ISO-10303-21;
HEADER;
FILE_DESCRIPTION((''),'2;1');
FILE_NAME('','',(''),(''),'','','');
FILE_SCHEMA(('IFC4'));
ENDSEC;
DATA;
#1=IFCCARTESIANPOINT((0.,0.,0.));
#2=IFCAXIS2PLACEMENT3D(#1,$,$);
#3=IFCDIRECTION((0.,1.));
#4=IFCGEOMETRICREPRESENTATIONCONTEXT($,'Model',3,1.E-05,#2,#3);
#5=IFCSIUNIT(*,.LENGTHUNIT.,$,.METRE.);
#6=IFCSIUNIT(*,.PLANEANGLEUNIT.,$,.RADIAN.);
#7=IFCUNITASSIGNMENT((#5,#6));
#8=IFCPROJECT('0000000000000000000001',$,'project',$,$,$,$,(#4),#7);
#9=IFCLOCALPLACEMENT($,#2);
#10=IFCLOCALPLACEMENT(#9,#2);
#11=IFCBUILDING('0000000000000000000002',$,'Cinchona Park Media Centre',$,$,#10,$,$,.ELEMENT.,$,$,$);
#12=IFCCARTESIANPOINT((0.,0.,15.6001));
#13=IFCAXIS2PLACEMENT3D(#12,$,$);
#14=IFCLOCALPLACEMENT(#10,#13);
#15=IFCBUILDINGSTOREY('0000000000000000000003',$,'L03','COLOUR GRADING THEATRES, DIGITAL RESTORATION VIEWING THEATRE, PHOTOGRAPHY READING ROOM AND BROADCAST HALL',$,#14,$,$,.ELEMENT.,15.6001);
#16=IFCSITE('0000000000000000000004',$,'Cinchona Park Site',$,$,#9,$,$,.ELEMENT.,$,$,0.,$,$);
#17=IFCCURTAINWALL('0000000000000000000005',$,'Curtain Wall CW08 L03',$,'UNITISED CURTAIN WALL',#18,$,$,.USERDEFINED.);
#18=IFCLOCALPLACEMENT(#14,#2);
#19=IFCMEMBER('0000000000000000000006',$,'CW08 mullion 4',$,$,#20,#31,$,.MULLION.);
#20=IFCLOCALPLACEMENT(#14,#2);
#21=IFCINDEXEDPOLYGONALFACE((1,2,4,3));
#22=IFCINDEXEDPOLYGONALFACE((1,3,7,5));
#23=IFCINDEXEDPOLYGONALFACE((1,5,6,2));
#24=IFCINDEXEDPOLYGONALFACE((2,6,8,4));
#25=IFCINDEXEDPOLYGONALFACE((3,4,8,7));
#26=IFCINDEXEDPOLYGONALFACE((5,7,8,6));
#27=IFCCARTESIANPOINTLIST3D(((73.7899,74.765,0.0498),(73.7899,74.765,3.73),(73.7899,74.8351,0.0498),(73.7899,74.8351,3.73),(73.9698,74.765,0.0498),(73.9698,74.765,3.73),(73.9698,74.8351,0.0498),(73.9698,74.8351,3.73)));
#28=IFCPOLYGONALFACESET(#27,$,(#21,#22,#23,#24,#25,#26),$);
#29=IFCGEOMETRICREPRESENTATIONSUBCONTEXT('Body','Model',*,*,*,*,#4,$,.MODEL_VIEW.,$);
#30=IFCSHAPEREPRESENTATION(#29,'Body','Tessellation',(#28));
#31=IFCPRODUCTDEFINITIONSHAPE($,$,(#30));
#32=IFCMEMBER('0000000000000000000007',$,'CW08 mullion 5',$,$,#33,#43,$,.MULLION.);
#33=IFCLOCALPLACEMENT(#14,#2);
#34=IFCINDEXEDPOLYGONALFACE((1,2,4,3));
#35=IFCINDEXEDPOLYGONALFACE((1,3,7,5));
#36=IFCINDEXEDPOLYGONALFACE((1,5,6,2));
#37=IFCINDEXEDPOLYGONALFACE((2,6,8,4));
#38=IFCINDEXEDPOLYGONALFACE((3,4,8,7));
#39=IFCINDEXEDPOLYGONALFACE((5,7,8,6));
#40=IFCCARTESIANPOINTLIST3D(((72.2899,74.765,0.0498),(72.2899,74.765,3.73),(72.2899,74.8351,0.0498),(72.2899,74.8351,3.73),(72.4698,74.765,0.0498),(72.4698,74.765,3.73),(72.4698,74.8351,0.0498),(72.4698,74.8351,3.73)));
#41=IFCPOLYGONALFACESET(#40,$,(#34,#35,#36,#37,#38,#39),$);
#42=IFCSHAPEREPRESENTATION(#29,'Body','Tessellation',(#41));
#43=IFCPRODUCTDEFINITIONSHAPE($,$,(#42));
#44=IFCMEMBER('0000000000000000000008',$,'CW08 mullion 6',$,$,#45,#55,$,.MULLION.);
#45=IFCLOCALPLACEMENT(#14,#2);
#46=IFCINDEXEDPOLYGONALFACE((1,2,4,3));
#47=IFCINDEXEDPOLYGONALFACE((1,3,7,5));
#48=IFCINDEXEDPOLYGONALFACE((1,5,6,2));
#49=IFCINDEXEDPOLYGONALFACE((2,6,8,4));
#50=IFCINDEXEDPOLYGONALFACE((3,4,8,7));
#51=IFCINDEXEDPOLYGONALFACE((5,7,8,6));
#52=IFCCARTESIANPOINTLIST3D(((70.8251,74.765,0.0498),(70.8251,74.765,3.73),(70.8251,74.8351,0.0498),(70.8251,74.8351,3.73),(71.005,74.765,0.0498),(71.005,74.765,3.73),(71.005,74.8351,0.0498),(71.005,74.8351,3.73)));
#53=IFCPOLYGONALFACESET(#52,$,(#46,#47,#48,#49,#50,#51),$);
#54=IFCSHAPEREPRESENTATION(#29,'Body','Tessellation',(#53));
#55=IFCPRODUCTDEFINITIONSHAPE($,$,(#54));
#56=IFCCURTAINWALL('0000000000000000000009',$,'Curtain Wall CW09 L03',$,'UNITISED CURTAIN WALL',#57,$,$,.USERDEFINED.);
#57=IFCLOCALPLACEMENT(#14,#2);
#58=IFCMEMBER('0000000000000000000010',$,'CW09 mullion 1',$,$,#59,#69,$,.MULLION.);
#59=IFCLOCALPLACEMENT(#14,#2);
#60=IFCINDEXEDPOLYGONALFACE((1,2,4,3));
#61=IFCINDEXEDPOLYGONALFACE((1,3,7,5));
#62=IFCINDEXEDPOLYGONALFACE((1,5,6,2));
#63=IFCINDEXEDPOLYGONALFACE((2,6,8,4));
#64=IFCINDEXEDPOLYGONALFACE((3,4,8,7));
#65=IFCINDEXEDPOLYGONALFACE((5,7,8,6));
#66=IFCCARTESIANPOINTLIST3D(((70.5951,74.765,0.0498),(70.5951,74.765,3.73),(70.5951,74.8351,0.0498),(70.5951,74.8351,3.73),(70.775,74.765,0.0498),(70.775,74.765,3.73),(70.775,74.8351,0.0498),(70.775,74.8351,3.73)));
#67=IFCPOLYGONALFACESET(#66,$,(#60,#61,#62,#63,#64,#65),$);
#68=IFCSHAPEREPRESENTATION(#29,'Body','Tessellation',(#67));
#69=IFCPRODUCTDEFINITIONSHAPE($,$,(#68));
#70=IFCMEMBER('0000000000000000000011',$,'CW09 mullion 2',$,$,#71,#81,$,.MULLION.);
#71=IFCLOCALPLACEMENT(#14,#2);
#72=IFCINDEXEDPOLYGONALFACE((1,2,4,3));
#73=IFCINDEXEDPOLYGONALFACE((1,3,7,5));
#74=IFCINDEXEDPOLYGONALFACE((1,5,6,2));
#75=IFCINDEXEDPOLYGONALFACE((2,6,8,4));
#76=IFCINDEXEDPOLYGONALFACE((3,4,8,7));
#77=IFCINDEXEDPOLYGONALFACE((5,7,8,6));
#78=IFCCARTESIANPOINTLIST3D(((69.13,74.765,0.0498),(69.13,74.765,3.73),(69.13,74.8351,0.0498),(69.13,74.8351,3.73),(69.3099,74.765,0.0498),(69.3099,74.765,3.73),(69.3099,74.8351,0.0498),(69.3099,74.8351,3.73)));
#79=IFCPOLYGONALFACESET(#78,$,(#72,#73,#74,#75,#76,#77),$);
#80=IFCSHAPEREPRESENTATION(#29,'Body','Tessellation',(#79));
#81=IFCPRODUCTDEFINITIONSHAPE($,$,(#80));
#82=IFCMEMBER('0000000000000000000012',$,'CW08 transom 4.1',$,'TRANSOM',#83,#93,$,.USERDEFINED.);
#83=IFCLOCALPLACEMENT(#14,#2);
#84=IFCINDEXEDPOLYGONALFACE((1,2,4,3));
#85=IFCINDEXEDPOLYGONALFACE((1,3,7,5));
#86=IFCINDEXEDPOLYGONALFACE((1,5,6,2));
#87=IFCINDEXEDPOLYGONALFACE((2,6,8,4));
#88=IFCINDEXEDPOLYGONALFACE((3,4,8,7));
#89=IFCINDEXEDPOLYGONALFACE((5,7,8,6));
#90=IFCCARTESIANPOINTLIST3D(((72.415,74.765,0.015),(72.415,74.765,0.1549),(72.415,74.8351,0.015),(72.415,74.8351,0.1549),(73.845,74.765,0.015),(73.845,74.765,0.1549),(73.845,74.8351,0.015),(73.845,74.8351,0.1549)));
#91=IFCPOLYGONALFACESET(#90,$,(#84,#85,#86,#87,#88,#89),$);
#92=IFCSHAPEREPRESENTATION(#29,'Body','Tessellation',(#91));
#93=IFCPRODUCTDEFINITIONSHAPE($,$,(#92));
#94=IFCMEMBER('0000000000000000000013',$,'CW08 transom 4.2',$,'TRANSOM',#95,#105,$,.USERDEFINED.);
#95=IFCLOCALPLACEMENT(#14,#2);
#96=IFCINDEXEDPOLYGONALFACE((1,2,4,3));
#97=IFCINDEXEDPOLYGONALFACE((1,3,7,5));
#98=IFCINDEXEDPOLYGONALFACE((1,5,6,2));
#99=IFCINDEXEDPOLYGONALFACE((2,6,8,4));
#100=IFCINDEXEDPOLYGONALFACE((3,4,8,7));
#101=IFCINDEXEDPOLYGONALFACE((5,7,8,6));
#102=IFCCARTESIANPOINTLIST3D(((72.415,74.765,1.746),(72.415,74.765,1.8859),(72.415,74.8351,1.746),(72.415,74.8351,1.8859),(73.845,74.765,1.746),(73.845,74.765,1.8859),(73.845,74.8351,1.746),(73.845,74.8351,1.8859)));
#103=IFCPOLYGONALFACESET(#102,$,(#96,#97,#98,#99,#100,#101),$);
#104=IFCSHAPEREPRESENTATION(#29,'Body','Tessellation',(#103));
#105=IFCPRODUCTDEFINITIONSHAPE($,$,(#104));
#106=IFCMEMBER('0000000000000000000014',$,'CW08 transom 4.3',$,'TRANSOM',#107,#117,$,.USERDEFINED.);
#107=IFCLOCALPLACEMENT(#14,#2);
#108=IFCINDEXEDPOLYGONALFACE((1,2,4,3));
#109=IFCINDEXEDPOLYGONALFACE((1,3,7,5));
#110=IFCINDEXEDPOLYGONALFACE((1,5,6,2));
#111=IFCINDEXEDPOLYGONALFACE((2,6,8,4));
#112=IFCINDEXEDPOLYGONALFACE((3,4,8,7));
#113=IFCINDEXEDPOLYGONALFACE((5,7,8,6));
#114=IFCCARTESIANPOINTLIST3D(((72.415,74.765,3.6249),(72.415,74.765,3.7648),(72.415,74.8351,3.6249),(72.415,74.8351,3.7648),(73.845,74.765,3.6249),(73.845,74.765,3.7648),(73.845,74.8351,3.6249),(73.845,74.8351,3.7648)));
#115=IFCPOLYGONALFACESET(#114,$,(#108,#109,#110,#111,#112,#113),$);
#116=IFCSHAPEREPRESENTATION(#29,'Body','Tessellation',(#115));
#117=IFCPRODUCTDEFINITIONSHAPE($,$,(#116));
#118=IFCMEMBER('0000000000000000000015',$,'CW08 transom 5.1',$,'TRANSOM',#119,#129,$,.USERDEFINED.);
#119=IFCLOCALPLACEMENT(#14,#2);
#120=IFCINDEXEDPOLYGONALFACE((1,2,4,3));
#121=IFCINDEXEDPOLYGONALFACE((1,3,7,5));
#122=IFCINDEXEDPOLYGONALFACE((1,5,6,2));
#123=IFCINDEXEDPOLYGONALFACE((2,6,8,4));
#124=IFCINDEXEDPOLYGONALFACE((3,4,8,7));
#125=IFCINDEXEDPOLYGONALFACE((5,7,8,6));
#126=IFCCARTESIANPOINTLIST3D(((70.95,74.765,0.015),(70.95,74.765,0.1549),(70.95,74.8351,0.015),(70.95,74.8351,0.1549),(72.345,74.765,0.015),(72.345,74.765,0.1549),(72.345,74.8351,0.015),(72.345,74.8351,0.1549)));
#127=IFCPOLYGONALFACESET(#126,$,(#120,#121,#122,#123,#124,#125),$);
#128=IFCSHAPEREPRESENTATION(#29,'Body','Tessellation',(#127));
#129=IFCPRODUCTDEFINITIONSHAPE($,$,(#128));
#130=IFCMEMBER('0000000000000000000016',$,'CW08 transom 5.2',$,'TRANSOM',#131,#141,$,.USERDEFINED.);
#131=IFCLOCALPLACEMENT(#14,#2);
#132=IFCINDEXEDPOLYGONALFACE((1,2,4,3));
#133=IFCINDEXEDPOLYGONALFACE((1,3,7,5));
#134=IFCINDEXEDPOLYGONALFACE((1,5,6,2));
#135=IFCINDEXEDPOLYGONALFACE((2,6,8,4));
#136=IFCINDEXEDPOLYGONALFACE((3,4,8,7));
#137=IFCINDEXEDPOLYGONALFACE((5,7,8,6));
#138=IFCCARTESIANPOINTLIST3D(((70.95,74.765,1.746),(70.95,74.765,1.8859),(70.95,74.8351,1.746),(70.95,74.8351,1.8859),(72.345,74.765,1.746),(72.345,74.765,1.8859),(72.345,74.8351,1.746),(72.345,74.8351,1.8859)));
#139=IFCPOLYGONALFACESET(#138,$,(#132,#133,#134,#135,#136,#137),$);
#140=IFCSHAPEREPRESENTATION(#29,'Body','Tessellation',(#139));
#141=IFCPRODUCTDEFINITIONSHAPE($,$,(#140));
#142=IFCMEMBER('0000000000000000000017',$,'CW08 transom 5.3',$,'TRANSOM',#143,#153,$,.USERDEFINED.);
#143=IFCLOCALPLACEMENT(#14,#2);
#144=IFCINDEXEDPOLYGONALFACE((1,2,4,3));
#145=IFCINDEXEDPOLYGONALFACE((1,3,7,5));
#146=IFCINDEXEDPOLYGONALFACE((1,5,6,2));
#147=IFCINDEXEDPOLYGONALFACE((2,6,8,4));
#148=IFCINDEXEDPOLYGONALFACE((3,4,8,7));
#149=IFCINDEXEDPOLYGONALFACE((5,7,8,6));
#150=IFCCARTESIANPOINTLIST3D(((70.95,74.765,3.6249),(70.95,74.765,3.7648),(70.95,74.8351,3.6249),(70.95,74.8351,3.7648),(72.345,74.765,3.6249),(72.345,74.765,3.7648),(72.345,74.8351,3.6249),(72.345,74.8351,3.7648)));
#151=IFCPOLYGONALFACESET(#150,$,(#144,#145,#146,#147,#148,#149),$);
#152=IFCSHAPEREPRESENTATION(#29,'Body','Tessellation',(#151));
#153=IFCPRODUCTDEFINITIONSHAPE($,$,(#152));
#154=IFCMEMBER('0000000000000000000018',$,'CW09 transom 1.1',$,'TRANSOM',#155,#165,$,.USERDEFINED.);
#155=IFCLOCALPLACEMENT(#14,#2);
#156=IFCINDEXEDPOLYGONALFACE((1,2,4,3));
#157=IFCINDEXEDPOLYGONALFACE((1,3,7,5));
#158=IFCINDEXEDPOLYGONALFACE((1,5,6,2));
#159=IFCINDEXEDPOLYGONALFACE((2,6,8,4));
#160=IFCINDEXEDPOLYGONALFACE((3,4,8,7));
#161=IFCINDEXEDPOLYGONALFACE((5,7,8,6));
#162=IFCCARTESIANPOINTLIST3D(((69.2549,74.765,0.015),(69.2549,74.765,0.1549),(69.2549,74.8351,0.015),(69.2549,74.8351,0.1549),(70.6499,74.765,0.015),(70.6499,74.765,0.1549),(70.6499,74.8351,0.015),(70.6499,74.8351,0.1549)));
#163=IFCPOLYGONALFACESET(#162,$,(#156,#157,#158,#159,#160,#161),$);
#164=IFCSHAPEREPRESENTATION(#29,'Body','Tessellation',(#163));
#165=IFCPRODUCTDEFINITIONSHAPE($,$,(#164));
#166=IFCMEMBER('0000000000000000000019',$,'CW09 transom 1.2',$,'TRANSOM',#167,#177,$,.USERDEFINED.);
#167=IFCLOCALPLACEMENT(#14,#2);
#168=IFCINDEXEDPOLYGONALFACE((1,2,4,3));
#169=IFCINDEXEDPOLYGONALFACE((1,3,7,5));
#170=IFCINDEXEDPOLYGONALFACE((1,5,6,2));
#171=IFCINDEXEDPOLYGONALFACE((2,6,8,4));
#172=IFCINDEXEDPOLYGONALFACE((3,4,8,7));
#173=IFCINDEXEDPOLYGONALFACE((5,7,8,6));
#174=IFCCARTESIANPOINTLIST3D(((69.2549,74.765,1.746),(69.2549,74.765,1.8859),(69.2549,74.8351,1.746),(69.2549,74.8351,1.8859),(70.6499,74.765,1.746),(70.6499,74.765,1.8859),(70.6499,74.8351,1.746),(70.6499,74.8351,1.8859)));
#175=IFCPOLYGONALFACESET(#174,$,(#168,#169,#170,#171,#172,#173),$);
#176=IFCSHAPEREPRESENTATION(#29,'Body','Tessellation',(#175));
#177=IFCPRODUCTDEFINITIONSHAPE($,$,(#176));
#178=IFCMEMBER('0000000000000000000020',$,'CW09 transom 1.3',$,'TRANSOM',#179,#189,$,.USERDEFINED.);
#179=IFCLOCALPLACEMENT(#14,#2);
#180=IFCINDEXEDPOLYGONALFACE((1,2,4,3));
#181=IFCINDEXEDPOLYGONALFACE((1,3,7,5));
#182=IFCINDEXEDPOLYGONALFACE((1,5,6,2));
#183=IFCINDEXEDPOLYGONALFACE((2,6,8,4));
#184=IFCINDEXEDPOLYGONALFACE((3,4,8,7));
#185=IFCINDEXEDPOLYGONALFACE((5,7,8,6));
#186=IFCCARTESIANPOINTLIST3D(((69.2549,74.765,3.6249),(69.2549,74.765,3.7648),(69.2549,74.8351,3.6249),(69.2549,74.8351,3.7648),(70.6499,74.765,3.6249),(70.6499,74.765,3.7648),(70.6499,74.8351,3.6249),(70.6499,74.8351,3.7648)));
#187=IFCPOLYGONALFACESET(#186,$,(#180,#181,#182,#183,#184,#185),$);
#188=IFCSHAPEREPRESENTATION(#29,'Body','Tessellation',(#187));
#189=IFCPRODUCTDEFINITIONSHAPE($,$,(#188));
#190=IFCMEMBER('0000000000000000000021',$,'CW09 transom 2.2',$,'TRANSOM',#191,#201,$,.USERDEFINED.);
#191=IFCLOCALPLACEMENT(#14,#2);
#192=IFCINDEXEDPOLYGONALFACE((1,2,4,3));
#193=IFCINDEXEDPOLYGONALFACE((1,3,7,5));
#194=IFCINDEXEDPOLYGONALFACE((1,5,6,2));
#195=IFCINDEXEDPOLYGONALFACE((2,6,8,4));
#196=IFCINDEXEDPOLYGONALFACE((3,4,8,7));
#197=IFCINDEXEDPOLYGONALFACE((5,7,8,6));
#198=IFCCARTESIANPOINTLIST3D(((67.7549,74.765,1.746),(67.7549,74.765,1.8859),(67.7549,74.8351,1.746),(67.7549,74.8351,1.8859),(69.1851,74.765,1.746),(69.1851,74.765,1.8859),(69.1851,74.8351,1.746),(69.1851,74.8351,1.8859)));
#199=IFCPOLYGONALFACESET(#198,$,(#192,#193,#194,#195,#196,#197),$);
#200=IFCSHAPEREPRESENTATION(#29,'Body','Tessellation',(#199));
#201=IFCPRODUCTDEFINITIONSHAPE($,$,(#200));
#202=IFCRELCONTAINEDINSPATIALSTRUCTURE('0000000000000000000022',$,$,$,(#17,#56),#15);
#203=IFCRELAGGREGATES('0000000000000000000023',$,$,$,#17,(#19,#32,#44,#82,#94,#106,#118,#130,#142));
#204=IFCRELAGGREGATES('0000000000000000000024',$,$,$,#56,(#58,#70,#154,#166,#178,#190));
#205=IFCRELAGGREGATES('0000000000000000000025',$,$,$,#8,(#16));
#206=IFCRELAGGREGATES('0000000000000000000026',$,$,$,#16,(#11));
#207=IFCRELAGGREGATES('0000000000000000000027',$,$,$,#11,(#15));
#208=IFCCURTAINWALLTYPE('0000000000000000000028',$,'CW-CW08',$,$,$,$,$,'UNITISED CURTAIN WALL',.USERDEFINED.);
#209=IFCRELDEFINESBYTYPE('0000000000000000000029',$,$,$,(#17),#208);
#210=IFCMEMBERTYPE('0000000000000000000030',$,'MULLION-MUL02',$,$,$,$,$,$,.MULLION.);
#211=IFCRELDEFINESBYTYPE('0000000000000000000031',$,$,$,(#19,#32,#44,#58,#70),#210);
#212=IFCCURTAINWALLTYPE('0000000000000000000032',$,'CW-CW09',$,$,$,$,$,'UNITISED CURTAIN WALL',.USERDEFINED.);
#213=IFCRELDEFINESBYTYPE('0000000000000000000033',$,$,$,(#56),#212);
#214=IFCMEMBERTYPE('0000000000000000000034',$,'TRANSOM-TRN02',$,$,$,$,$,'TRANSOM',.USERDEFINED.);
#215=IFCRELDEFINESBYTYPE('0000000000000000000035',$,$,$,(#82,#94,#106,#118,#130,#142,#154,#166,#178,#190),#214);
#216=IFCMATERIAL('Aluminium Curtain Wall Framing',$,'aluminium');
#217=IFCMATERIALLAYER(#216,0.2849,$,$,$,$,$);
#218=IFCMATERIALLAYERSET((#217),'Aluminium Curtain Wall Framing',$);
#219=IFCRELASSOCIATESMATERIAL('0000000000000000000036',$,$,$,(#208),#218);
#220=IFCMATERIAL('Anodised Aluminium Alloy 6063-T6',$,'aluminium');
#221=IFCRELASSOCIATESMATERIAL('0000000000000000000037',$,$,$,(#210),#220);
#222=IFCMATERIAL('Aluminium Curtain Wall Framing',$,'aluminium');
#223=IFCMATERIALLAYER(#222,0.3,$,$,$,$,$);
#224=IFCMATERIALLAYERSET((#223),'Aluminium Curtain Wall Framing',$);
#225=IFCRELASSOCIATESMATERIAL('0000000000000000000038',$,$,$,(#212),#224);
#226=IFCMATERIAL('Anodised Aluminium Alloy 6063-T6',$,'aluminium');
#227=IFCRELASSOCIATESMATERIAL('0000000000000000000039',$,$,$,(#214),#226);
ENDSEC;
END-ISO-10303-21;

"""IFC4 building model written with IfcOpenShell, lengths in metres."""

from ifc_helpers import new_model, si_unit, direction, frame, origin, origin_2d, place, context, subcontext, project, spatial, rectangle, extrude, material, layer, layer_set, material_profile, profile_set, type_object, element, aggregate, save


model = new_model("IFC4")

# Units and contexts
model_context = context("Model", 3, precision=1e-05, world=origin(), true_north=direction((0.0, 1.0)))
body_context = subcontext(model_context, "Body", "Model", "MODEL_VIEW")
ifc_project = project(units=[si_unit("LENGTHUNIT", "METRE"), si_unit("PLANEANGLEUNIT", "RADIAN")], contexts=[model_context])

# Site, building, storey
site_placement = place(None, origin())
site = spatial("IfcSite", under=ifc_project, at=site_placement, Name="Cinchona Park Site", CompositionType="ELEMENT", RefElevation=0.0)
building_placement = place(site_placement, origin())
building = spatial("IfcBuilding", under=site, at=building_placement, Name="Cinchona Park Media Centre", CompositionType="ELEMENT")
storey_placement = place(building_placement, frame((0.0, 0.0, 15.6001)))
storey = spatial("IfcBuildingStorey", under=building, at=storey_placement, Name="L03", Description="COLOUR GRADING THEATRES, DIGITAL RESTORATION VIEWING THEATRE, PHOTOGRAPHY READING ROOM AND BROADCAST HALL", CompositionType="ELEMENT", Elevation=15.6001)

# Curtain walls, members
ifc_material_1 = material(Name="Aluminium Curtain Wall Framing", Category="aluminium")
ifc_layer_1 = layer(ifc_material_1, 0.2849)
ifc_layer_set_1 = layer_set([ifc_layer_1], Name="Aluminium Curtain Wall Framing")
curtain_wall_type_1 = type_object("IfcCurtainWallType", Name="CW-CW08", ElementType="UNITISED CURTAIN WALL", PredefinedType="USERDEFINED", material=ifc_layer_set_1)
curtain_wall_1_placement = place(storey_placement, origin())
curtain_wall_1 = element("IfcCurtainWall", 1, at=curtain_wall_1_placement, inside=storey, type_object=curtain_wall_type_1, Name="Curtain Wall CW08 L03", ObjectType="UNITISED CURTAIN WALL", PredefinedType="USERDEFINED")
ifc_material_2 = material(Name="Anodised Aluminium Alloy 6063-T6", Category="aluminium")
ifc_material_profile_1 = material_profile(ifc_material_2, rectangle(XDim=0.0701, YDim=0.1799, at=origin_2d()), Name="MUL-70X180")
ifc_profile_set_1 = profile_set([ifc_material_profile_1], Name="Anodised Aluminium Alloy 6063-T6")
member_type_1 = type_object("IfcMemberType", Name="MULLION-MUL02", PredefinedType="MULLION", material=ifc_profile_set_1)
member_1_placement = place(storey_placement, frame((73.8799, 74.8, 0.0498), z_axis=(0.0, 0.0, 1.0), x_axis=(0.0, -1.0, 0.0)))
member_1 = element("IfcMember", 2, at=member_1_placement, type_object=member_type_1, Name="CW08 mullion 4", PredefinedType="MULLION", context=body_context, shape_type="SweptSolid", body=[
    extrude(rectangle(XDim=0.0701, YDim=0.1799, at=origin_2d()), origin(), (0.0, 0.0, 1.0), 3.6802),
])
member_2_placement = place(storey_placement, frame((72.3799, 74.8, 0.0498), z_axis=(0.0, 0.0, 1.0), x_axis=(0.0, -1.0, 0.0)))
member_2 = element("IfcMember", 3, at=member_2_placement, type_object=member_type_1, Name="CW08 mullion 5", PredefinedType="MULLION", context=body_context, shape_type="SweptSolid", body=[
    extrude(rectangle(XDim=0.0701, YDim=0.1799, at=origin_2d()), origin(), (0.0, 0.0, 1.0), 3.6802),
])
member_3_placement = place(storey_placement, frame((70.915, 74.8, 0.0498), z_axis=(0.0, 0.0, 1.0), x_axis=(0.0, -1.0, 0.0)))
member_3 = element("IfcMember", 4, at=member_3_placement, type_object=member_type_1, Name="CW08 mullion 6", PredefinedType="MULLION", context=body_context, shape_type="SweptSolid", body=[
    extrude(rectangle(XDim=0.0701, YDim=0.1799, at=origin_2d()), origin(), (0.0, 0.0, 1.0), 3.6802),
])
ifc_material_3 = material(Name="Aluminium Curtain Wall Framing", Category="aluminium")
ifc_layer_2 = layer(ifc_material_3, 0.3)
ifc_layer_set_2 = layer_set([ifc_layer_2], Name="Aluminium Curtain Wall Framing")
curtain_wall_type_2 = type_object("IfcCurtainWallType", Name="CW-CW09", ElementType="UNITISED CURTAIN WALL", PredefinedType="USERDEFINED", material=ifc_layer_set_2)
curtain_wall_2_placement = place(storey_placement, origin())
curtain_wall_2 = element("IfcCurtainWall", 5, at=curtain_wall_2_placement, inside=storey, type_object=curtain_wall_type_2, Name="Curtain Wall CW09 L03", ObjectType="UNITISED CURTAIN WALL", PredefinedType="USERDEFINED")
member_4_placement = place(storey_placement, frame((70.6851, 74.8, 0.0498), z_axis=(0.0, 0.0, 1.0), x_axis=(0.0, -1.0, 0.0)))
member_4 = element("IfcMember", 6, at=member_4_placement, type_object=member_type_1, Name="CW09 mullion 1", PredefinedType="MULLION", context=body_context, shape_type="SweptSolid", body=[
    extrude(rectangle(XDim=0.0701, YDim=0.1799, at=origin_2d()), origin(), (0.0, 0.0, 1.0), 3.6802),
])
member_5_placement = place(storey_placement, frame((69.22, 74.8, 0.0498), z_axis=(0.0, 0.0, 1.0), x_axis=(0.0, -1.0, 0.0)))
member_5 = element("IfcMember", 7, at=member_5_placement, type_object=member_type_1, Name="CW09 mullion 2", PredefinedType="MULLION", context=body_context, shape_type="SweptSolid", body=[
    extrude(rectangle(XDim=0.0701, YDim=0.1799, at=origin_2d()), origin(), (0.0, 0.0, 1.0), 3.6802),
])

# Members
ifc_material_4 = material(Name="Anodised Aluminium Alloy 6063-T6", Category="aluminium")
ifc_material_profile_2 = material_profile(ifc_material_4, rectangle(XDim=0.0701, YDim=0.1399, at=origin_2d()), Name="TRN-70X140")
ifc_profile_set_2 = profile_set([ifc_material_profile_2], Name="Anodised Aluminium Alloy 6063-T6")
member_type_2 = type_object("IfcMemberType", Name="TRANSOM-TRN02", ElementType="TRANSOM", PredefinedType="USERDEFINED", material=ifc_profile_set_2)
member_6_placement = place(storey_placement, frame((73.845, 74.8, 0.085), z_axis=(-1.0, 0.0, 0.0), x_axis=(0.0, -1.0, 0.0)))
member_6 = element("IfcMember", 8, at=member_6_placement, type_object=member_type_2, Name="CW08 transom 4.1", ObjectType="TRANSOM", PredefinedType="USERDEFINED", context=body_context, shape_type="SweptSolid", body=[
    extrude(rectangle(XDim=0.0701, YDim=0.1399, at=origin_2d()), origin(), (0.0, 0.0, 1.0), 1.4299),
])
member_7_placement = place(storey_placement, frame((73.845, 74.8, 1.8159), z_axis=(-1.0, 0.0, 0.0), x_axis=(0.0, -1.0, 0.0)))
member_7 = element("IfcMember", 9, at=member_7_placement, type_object=member_type_2, Name="CW08 transom 4.2", ObjectType="TRANSOM", PredefinedType="USERDEFINED", context=body_context, shape_type="SweptSolid", body=[
    extrude(rectangle(XDim=0.0701, YDim=0.1399, at=origin_2d()), origin(), (0.0, 0.0, 1.0), 1.4299),
])
member_8_placement = place(storey_placement, frame((73.845, 74.8, 3.6948), z_axis=(-1.0, 0.0, 0.0), x_axis=(0.0, -1.0, 0.0)))
member_8 = element("IfcMember", 10, at=member_8_placement, type_object=member_type_2, Name="CW08 transom 4.3", ObjectType="TRANSOM", PredefinedType="USERDEFINED", context=body_context, shape_type="SweptSolid", body=[
    extrude(rectangle(XDim=0.0701, YDim=0.1399, at=origin_2d()), origin(), (0.0, 0.0, 1.0), 1.4299),
])
member_9_placement = place(storey_placement, frame((72.345, 74.8, 0.085), z_axis=(-1.0, 0.0, 0.0), x_axis=(0.0, -1.0, 0.0)))
member_9 = element("IfcMember", 11, at=member_9_placement, type_object=member_type_2, Name="CW08 transom 5.1", ObjectType="TRANSOM", PredefinedType="USERDEFINED", context=body_context, shape_type="SweptSolid", body=[
    extrude(rectangle(XDim=0.0701, YDim=0.1399, at=origin_2d()), origin(), (0.0, 0.0, 1.0), 1.395),
])
member_10_placement = place(storey_placement, frame((72.345, 74.8, 1.8159), z_axis=(-1.0, 0.0, 0.0), x_axis=(0.0, -1.0, 0.0)))
member_10 = element("IfcMember", 12, at=member_10_placement, type_object=member_type_2, Name="CW08 transom 5.2", ObjectType="TRANSOM", PredefinedType="USERDEFINED", context=body_context, shape_type="SweptSolid", body=[
    extrude(rectangle(XDim=0.0701, YDim=0.1399, at=origin_2d()), origin(), (0.0, 0.0, 1.0), 1.395),
])
member_11_placement = place(storey_placement, frame((72.345, 74.8, 3.6948), z_axis=(-1.0, 0.0, 0.0), x_axis=(0.0, -1.0, 0.0)))
member_11 = element("IfcMember", 13, at=member_11_placement, type_object=member_type_2, Name="CW08 transom 5.3", ObjectType="TRANSOM", PredefinedType="USERDEFINED", context=body_context, shape_type="SweptSolid", body=[
    extrude(rectangle(XDim=0.0701, YDim=0.1399, at=origin_2d()), origin(), (0.0, 0.0, 1.0), 1.395),
])
member_12_placement = place(storey_placement, frame((70.6499, 74.8, 0.085), z_axis=(-1.0, 0.0, 0.0), x_axis=(0.0, -1.0, 0.0)))
member_12 = element("IfcMember", 14, at=member_12_placement, type_object=member_type_2, Name="CW09 transom 1.1", ObjectType="TRANSOM", PredefinedType="USERDEFINED", context=body_context, shape_type="SweptSolid", body=[
    extrude(rectangle(XDim=0.0701, YDim=0.1399, at=origin_2d()), origin(), (0.0, 0.0, 1.0), 1.395),
])
member_13_placement = place(storey_placement, frame((70.6499, 74.8, 1.8159), z_axis=(-1.0, 0.0, 0.0), x_axis=(0.0, -1.0, 0.0)))
member_13 = element("IfcMember", 15, at=member_13_placement, type_object=member_type_2, Name="CW09 transom 1.2", ObjectType="TRANSOM", PredefinedType="USERDEFINED", context=body_context, shape_type="SweptSolid", body=[
    extrude(rectangle(XDim=0.0701, YDim=0.1399, at=origin_2d()), origin(), (0.0, 0.0, 1.0), 1.395),
])
member_14_placement = place(storey_placement, frame((70.6499, 74.8, 3.6948), z_axis=(-1.0, 0.0, 0.0), x_axis=(0.0, -1.0, 0.0)))
member_14 = element("IfcMember", 16, at=member_14_placement, type_object=member_type_2, Name="CW09 transom 1.3", ObjectType="TRANSOM", PredefinedType="USERDEFINED", context=body_context, shape_type="SweptSolid", body=[
    extrude(rectangle(XDim=0.0701, YDim=0.1399, at=origin_2d()), origin(), (0.0, 0.0, 1.0), 1.395),
])
member_15_placement = place(storey_placement, frame((69.1851, 74.8, 1.8159), z_axis=(-1.0, 0.0, 0.0), x_axis=(0.0, -1.0, 0.0)))
member_15 = element("IfcMember", 17, at=member_15_placement, type_object=member_type_2, Name="CW09 transom 2.2", ObjectType="TRANSOM", PredefinedType="USERDEFINED", context=body_context, shape_type="SweptSolid", body=[
    extrude(rectangle(XDim=0.0701, YDim=0.1399, at=origin_2d()), origin(), (0.0, 0.0, 1.0), 1.4302),
])

aggregate(curtain_wall_1, [member_1, member_2, member_3, member_6, member_7, member_8, member_9, member_10, member_11])
aggregate(curtain_wall_2, [member_4, member_5, member_12, member_13, member_14, member_15])

save(model, "model.ifc")
